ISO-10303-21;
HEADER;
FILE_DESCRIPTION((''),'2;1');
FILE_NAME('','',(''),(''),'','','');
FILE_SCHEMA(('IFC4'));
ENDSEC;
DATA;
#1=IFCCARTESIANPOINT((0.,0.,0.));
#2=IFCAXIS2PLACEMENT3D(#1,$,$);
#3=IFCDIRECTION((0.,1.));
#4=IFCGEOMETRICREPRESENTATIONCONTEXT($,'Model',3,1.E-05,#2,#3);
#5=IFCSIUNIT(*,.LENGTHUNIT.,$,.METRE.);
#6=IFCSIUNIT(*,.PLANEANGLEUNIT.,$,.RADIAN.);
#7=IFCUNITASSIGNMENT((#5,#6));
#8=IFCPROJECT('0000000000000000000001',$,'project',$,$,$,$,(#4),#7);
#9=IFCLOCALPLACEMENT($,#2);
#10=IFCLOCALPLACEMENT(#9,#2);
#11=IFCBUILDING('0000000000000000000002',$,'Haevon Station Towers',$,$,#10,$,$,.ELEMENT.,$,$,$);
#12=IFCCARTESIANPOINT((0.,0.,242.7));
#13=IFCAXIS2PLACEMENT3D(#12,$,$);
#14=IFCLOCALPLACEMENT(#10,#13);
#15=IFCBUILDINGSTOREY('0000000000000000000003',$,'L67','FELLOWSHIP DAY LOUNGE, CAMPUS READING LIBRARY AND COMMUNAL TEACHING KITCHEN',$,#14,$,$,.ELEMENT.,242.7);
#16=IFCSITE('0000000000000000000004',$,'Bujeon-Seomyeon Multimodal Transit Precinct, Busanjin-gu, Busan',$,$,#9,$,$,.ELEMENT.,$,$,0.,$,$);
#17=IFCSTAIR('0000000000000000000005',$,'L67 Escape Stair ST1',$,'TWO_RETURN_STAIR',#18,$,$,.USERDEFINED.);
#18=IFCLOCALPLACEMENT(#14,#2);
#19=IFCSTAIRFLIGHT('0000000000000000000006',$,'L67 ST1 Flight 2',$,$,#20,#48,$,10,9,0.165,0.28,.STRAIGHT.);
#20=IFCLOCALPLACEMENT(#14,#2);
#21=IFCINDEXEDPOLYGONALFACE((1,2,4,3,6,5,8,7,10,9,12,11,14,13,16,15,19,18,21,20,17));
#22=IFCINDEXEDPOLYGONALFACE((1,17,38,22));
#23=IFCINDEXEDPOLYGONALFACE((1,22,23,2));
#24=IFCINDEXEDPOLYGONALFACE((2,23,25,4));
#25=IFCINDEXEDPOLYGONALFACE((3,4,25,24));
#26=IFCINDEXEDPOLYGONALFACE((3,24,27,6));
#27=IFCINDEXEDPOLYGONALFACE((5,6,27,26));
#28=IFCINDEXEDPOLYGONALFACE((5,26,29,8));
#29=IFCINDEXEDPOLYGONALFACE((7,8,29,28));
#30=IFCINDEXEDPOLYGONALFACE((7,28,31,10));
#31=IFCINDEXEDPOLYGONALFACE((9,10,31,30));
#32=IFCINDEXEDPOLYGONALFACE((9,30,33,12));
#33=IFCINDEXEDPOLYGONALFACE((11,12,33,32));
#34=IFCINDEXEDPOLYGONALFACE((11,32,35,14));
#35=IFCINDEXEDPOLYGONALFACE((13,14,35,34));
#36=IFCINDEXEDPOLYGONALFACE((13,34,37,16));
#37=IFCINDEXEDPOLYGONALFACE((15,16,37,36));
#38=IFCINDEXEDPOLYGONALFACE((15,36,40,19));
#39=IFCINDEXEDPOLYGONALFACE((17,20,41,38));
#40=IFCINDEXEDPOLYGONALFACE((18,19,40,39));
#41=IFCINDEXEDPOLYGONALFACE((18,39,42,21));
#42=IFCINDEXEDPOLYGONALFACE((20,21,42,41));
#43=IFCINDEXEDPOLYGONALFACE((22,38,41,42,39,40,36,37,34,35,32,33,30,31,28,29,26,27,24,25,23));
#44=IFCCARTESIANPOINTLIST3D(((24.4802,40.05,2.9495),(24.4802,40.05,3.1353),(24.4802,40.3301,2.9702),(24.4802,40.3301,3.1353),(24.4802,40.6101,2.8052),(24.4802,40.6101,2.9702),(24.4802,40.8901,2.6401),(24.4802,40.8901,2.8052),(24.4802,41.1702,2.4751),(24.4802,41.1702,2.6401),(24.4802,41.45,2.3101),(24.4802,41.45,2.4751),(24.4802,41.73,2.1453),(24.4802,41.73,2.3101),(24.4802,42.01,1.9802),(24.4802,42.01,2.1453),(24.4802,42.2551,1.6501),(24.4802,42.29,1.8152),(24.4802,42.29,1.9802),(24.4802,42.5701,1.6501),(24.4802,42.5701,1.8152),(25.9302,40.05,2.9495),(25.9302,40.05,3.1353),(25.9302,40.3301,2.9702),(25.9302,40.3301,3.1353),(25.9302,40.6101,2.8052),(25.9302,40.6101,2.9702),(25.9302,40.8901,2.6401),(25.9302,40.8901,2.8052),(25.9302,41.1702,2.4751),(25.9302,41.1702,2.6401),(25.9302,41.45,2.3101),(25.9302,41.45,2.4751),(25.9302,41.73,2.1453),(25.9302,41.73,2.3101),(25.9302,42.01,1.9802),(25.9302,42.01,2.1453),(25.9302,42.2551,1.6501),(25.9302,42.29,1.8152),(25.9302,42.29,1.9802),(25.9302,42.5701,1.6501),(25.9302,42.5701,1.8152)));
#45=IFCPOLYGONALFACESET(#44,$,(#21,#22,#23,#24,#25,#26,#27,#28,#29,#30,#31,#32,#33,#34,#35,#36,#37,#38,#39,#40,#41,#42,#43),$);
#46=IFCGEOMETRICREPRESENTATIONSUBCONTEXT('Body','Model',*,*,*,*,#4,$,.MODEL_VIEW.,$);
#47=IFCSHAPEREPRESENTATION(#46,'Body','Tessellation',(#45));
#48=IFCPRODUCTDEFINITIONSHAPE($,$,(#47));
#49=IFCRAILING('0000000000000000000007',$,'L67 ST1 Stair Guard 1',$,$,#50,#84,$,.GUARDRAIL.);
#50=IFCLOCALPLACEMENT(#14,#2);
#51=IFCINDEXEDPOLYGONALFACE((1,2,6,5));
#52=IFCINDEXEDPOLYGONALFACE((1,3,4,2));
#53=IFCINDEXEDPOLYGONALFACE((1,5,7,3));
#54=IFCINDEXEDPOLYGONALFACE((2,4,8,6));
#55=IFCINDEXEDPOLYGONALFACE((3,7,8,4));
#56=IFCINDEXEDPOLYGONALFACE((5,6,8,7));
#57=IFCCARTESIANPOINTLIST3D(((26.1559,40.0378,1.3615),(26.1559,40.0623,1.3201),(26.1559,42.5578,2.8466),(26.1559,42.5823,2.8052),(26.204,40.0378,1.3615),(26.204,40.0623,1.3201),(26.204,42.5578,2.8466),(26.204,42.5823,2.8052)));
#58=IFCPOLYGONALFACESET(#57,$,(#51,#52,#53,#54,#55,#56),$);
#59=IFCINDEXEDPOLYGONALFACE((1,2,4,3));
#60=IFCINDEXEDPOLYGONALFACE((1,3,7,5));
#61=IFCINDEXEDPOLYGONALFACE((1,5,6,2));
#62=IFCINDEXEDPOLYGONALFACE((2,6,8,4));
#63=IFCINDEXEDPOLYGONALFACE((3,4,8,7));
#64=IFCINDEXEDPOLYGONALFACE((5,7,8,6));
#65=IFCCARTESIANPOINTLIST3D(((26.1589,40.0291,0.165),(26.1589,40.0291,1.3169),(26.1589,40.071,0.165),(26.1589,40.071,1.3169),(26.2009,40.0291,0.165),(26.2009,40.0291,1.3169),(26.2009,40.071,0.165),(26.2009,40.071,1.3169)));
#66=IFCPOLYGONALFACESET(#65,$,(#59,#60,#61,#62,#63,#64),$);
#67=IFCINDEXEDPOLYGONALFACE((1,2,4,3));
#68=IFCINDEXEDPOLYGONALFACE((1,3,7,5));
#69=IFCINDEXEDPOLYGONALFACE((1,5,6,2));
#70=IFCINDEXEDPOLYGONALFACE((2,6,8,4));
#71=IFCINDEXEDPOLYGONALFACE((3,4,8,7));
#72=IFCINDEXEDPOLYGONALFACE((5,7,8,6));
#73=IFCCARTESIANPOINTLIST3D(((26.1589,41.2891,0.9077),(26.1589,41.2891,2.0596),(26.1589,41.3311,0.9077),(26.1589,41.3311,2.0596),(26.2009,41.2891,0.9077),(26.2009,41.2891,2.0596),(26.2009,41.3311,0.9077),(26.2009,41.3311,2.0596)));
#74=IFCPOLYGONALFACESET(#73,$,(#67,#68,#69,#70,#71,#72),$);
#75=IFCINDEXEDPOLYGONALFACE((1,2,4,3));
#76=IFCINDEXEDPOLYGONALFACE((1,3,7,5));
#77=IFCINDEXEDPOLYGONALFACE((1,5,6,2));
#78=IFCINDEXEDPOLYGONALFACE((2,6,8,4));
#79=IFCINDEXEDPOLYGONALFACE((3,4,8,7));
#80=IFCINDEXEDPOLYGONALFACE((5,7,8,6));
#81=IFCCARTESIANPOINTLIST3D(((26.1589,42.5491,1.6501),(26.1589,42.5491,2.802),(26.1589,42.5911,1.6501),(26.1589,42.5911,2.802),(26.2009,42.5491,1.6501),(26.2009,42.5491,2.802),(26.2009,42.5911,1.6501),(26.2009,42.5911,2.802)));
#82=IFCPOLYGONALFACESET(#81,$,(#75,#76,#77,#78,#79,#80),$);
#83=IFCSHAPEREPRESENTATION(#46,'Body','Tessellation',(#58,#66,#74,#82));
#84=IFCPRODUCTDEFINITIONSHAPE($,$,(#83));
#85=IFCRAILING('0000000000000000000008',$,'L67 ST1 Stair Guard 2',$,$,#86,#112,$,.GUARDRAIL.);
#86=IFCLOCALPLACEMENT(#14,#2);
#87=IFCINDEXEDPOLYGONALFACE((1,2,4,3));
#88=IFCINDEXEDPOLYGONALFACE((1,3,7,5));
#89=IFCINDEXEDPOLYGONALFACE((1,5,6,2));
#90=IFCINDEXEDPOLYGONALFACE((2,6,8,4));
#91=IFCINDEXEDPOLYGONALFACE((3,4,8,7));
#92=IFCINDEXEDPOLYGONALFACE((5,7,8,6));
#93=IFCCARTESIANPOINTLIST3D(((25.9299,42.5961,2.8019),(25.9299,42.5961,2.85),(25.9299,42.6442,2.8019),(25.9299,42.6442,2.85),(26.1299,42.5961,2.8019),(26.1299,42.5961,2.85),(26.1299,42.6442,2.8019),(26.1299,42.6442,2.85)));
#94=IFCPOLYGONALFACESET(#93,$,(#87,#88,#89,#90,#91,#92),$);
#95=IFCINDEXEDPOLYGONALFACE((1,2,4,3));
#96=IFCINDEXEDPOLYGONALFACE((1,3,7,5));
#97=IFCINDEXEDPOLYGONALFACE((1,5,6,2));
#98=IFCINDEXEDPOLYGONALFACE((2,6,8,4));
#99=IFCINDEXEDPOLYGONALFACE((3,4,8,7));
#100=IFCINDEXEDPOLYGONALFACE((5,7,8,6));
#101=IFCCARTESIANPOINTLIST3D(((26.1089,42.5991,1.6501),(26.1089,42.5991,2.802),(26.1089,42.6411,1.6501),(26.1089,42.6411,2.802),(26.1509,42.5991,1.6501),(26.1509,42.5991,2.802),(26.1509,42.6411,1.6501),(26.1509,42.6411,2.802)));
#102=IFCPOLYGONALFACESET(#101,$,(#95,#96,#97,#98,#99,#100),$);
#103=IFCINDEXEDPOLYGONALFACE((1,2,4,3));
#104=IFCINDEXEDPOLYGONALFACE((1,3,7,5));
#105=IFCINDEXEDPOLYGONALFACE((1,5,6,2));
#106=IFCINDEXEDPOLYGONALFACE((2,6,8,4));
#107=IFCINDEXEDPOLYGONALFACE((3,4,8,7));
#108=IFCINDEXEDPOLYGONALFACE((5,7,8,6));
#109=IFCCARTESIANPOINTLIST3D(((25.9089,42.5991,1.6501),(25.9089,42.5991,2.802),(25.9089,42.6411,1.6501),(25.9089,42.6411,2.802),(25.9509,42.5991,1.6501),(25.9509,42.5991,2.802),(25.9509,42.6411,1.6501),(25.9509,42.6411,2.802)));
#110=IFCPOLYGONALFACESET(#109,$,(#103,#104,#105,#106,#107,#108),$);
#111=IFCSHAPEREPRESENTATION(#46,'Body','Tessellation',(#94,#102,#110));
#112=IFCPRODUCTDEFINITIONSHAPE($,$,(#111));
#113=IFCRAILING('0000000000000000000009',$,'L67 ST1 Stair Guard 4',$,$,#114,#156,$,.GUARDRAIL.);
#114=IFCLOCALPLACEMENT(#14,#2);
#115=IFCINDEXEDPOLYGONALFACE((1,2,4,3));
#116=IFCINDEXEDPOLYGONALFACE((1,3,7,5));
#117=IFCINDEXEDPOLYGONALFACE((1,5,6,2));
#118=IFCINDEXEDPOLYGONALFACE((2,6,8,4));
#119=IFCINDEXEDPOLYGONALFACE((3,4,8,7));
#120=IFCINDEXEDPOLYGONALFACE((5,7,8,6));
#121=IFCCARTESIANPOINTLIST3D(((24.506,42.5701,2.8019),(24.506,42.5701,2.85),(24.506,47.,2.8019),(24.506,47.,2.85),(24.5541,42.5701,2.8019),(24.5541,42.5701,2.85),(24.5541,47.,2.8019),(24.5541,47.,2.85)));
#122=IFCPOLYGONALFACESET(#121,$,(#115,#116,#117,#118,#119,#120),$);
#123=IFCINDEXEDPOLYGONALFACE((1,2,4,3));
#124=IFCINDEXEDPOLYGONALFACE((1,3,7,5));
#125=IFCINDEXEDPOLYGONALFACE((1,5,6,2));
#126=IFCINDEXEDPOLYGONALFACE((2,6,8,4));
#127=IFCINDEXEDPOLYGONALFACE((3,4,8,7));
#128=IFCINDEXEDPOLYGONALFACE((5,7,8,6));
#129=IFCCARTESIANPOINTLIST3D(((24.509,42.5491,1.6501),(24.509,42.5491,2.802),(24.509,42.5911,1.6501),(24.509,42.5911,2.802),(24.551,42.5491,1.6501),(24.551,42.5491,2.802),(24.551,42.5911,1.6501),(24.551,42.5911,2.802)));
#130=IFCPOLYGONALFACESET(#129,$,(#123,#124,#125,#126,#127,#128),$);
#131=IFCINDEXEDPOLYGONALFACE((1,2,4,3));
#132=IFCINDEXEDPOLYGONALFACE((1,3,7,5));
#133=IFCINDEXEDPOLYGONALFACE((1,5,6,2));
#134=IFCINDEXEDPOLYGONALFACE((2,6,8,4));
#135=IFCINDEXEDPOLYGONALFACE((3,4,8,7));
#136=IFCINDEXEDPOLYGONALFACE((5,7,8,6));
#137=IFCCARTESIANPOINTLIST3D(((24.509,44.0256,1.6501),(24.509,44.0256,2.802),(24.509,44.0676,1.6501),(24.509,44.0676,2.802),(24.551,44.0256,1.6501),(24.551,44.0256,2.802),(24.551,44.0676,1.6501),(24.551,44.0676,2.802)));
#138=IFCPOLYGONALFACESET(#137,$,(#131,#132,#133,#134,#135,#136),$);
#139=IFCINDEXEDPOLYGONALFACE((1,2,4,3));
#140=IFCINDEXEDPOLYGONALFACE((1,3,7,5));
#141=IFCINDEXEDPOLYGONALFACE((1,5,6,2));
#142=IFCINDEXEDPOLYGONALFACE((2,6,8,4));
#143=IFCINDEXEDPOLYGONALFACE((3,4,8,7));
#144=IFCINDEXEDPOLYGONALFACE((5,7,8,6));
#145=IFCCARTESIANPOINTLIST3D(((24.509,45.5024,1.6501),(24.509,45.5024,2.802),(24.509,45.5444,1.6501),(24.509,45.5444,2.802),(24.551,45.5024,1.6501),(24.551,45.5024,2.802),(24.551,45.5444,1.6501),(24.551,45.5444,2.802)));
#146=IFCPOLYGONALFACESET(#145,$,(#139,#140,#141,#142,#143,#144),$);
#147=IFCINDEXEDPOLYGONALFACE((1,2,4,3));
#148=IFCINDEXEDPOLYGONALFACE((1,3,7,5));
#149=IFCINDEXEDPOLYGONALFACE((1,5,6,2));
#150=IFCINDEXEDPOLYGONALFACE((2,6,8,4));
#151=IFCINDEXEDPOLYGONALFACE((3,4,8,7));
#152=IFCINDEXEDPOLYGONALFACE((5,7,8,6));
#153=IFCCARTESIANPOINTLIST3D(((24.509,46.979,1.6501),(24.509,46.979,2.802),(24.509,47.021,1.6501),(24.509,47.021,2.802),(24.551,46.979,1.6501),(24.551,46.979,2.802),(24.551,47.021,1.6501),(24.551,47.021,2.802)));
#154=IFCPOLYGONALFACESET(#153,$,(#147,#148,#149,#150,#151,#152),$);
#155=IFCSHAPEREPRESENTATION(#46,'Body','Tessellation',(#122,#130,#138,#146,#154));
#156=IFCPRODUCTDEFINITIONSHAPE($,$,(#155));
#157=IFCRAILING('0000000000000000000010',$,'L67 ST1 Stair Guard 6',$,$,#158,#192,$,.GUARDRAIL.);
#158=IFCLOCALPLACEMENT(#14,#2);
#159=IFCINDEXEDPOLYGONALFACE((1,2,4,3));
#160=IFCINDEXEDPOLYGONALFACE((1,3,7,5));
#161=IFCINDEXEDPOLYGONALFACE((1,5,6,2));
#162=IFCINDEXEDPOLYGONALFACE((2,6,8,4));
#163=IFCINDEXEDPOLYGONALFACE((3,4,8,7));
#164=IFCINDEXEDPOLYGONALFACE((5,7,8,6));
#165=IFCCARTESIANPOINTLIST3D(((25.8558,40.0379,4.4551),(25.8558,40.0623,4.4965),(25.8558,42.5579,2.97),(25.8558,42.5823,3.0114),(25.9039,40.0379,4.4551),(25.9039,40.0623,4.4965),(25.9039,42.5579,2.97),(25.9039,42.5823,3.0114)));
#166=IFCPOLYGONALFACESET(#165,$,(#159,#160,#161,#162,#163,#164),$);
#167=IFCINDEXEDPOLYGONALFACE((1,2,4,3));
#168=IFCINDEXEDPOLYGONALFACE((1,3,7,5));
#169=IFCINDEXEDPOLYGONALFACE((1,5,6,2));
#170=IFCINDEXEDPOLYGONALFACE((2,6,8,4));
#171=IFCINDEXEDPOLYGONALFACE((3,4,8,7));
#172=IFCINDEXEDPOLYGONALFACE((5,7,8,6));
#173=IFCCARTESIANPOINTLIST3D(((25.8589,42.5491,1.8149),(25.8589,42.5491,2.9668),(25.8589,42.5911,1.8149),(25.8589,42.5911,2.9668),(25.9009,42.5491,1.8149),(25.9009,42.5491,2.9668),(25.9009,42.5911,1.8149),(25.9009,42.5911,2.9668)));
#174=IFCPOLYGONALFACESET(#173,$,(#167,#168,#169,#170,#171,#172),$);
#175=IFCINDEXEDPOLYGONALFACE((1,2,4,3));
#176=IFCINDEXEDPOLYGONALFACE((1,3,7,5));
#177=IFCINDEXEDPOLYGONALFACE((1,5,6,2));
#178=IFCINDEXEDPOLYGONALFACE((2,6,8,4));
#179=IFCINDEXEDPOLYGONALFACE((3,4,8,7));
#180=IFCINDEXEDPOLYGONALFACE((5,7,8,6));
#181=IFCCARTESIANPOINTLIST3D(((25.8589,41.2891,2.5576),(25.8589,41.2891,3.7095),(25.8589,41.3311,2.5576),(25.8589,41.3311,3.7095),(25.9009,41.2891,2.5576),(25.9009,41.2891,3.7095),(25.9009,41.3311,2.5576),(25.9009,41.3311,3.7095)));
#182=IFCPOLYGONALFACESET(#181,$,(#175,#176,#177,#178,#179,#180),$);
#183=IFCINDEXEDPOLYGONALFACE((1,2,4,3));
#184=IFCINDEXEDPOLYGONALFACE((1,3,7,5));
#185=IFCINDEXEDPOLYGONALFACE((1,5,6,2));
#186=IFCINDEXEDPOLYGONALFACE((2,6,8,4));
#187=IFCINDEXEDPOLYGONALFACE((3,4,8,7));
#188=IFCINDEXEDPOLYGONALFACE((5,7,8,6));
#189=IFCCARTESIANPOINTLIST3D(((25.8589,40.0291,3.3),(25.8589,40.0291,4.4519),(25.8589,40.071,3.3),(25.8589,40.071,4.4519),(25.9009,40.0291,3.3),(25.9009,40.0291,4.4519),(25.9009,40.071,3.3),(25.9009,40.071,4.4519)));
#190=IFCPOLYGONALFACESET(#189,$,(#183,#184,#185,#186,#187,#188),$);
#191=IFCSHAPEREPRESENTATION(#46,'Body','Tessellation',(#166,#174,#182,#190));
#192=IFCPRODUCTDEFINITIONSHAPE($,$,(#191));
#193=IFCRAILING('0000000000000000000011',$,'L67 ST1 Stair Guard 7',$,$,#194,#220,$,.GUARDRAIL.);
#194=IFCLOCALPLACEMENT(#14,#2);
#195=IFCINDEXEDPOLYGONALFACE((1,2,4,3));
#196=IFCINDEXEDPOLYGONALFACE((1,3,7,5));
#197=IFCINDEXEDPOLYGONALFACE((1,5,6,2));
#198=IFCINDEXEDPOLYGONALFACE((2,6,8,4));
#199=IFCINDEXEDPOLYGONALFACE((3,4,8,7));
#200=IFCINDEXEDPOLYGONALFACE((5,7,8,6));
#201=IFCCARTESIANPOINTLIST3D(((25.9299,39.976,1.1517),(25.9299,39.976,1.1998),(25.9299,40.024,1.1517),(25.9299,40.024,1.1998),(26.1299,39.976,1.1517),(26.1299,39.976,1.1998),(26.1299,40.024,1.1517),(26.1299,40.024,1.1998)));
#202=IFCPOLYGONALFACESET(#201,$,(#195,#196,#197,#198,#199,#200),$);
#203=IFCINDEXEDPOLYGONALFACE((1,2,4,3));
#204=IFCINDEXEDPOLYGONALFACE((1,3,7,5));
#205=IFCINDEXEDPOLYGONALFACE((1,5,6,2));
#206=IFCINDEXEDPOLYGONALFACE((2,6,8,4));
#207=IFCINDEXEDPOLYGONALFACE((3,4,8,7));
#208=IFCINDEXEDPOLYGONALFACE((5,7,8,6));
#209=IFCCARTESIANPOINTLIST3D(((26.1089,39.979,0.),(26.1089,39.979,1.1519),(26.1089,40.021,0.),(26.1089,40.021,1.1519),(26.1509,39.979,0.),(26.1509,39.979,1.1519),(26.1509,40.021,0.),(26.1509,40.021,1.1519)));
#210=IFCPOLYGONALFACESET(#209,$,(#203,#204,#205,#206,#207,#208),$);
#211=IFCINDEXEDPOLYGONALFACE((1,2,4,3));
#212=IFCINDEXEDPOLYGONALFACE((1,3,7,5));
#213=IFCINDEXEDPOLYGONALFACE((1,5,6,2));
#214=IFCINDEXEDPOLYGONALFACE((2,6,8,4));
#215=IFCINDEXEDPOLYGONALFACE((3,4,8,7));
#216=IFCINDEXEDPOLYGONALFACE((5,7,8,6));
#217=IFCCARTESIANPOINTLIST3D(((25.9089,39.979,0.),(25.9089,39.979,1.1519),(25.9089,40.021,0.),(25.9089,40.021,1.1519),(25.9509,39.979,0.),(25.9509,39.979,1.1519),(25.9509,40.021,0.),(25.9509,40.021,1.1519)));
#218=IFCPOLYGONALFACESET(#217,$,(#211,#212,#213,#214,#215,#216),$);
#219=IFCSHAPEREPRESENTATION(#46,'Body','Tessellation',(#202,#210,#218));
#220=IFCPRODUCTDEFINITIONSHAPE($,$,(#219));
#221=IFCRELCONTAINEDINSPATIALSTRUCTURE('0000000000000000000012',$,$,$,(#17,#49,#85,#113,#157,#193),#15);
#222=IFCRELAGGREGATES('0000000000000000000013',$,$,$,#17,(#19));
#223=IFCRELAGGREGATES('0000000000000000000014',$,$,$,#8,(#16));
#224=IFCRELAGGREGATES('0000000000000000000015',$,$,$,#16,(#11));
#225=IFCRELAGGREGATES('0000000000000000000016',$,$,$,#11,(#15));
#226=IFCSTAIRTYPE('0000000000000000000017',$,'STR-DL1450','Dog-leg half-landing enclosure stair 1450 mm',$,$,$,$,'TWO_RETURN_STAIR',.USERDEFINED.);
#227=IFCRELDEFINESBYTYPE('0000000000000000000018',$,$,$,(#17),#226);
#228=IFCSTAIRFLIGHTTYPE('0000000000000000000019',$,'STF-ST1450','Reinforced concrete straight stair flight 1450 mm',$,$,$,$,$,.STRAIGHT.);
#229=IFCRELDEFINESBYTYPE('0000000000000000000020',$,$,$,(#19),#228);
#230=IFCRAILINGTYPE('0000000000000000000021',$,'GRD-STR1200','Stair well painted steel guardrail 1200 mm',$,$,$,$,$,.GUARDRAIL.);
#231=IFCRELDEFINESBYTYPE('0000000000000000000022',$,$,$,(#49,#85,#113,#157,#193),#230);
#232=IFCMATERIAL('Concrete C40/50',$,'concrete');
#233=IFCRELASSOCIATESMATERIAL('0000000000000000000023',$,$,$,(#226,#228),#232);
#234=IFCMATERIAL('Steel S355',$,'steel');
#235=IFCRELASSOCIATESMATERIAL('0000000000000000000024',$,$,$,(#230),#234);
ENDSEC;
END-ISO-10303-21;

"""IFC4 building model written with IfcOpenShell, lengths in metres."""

from ifc_helpers import new_model, si_unit, direction, frame, origin, origin_2d, place, context, subcontext, project, spatial, polyline, rectangle, outline, extrude, material, type_object, element, aggregate, save


model = new_model("IFC4")

# Units and contexts
model_context = context("Model", 3, precision=1e-05, world=origin(), true_north=direction((0.0, 1.0)))
body_context = subcontext(model_context, "Body", "Model", "MODEL_VIEW")
ifc_project = project(units=[si_unit("LENGTHUNIT", "METRE"), si_unit("PLANEANGLEUNIT", "RADIAN")], contexts=[model_context])

# Site, building, storey
site_placement = place(None, origin())
site = spatial("IfcSite", under=ifc_project, at=site_placement, Name="Bujeon-Seomyeon Multimodal Transit Precinct, Busanjin-gu, Busan", CompositionType="ELEMENT", RefElevation=0.0)
building_placement = place(site_placement, origin())
building = spatial("IfcBuilding", under=site, at=building_placement, Name="Haevon Station Towers", CompositionType="ELEMENT")
storey_placement = place(building_placement, frame((0.0, 0.0, 242.7)))
storey = spatial("IfcBuildingStorey", under=building, at=storey_placement, Name="L67", Description="FELLOWSHIP DAY LOUNGE, CAMPUS READING LIBRARY AND COMMUNAL TEACHING KITCHEN", CompositionType="ELEMENT", Elevation=242.7)

# Shared definitions
ifc_material_1 = material(Name="Steel S355", Category="steel")

# Stair, stair flight
ifc_material_2 = material(Name="Concrete C40/50", Category="concrete")
stair_type = type_object("IfcStairType", Name="STR-DL1450", Description="Dog-leg half-landing enclosure stair 1450 mm", ElementType="TWO_RETURN_STAIR", PredefinedType="USERDEFINED", material=ifc_material_2)
stair_placement = place(storey_placement, origin())
stair = element("IfcStair", 1, at=stair_placement, inside=storey, type_object=stair_type, Name="L67 Escape Stair ST1", ObjectType="TWO_RETURN_STAIR", PredefinedType="USERDEFINED")
stair_flight_type = type_object("IfcStairFlightType", Name="STF-ST1450", Description="Reinforced concrete straight stair flight 1450 mm", PredefinedType="STRAIGHT", material=ifc_material_2)
stair_flight_placement = place(storey_placement, frame((25.2051, 42.5701, 1.6501), z_axis=(0.0, 0.0, 1.0), x_axis=(0.0, -1.0, 0.0)))
stair_flight = element("IfcStairFlight", 2, at=stair_flight_placement, type_object=stair_flight_type, Name="L67 ST1 Flight 2", NumberOfRisers=10, NumberOfTreads=9, PredefinedType="STRAIGHT", RiserHeight=0.165, TreadLength=0.28, context=body_context, shape_type="SweptSolid", body=[
    extrude(outline(polyline([(0.0, 0.0), (0.0, 0.165), (0.28, 0.165), (0.28, 0.3301), (0.5601, 0.3301), (0.5601, 0.4951), (0.8401, 0.4951), (0.8401, 0.6599), (1.1201, 0.6599), (1.1201, 0.825), (1.3999, 0.825), (1.3999, 0.99), (1.6799, 0.99), (1.6799, 1.155), (1.96, 1.155), (1.96, 1.3201), (2.24, 1.3201), (2.24, 1.4851), (2.52, 1.4851), (2.52, 1.6499), (2.52, 1.2993), (0.3149, 0.0), (0.0, 0.0)])), frame((0.0, 0.7251, 0.0), z_axis=(0.0, -1.0, 0.0), x_axis=(1.0, 0.0, 0.0)), (0.0, 0.0, 1.0), 1.45),
])
aggregate(stair, [stair_flight])

# Railings
railing_type_1 = type_object("IfcRailingType", Name="GRD-STR1200", Description="Stair well painted steel guardrail 1200 mm", PredefinedType="GUARDRAIL", material=ifc_material_1)
railing_1_placement = place(storey_placement, frame((26.1799, 40.05, 0.165)))
element("IfcRailing", 3, at=railing_1_placement, inside=storey, type_object=railing_type_1, Name="L67 ST1 Stair Guard 1", PredefinedType="GUARDRAIL", context=body_context, shape_type="SweptSolid", body=[
    extrude(rectangle(XDim=0.0481, YDim=0.0481, at=origin_2d()), frame((0.0, 0.0, 1.1758), z_axis=(0.0, 0.861524, 0.507717), x_axis=(-1.0, 0.0, 0.0)), (0.0, 0.0, 1.0), 2.925),
    extrude(rectangle(XDim=0.042, YDim=0.042, at=origin_2d()), origin(), (0.0, 0.0, 1.0), 1.1519),
    extrude(rectangle(XDim=0.042, YDim=0.042, at=origin_2d()), frame((0.0, 1.26, 0.7427)), (0.0, 0.0, 1.0), 1.1519),
    extrude(rectangle(XDim=0.042, YDim=0.042, at=origin_2d()), frame((0.0, 2.52, 1.4851)), (0.0, 0.0, 1.0), 1.1519),
])
railing_2_placement = place(storey_placement, frame((26.1299, 42.6201, 1.6501)))
element("IfcRailing", 4, at=railing_2_placement, inside=storey, type_object=railing_type_1, Name="L67 ST1 Stair Guard 2", PredefinedType="GUARDRAIL", context=body_context, shape_type="SweptSolid", body=[
    extrude(rectangle(XDim=0.0481, YDim=0.0481, at=origin_2d()), frame((0.0, 0.0, 1.1758), z_axis=(-1.0, 0.0, 0.0), x_axis=(0.0, -1.0, 0.0)), (0.0, 0.0, 1.0), 0.2),
    extrude(rectangle(XDim=0.042, YDim=0.042, at=origin_2d()), origin(), (0.0, 0.0, 1.0), 1.1519),
    extrude(rectangle(XDim=0.042, YDim=0.042, at=origin_2d()), frame((-0.2, 0.0, 0.0)), (0.0, 0.0, 1.0), 1.1519),
])
railing_3_placement = place(storey_placement, frame((24.53, 42.5701, 1.6501)))
element("IfcRailing", 5, at=railing_3_placement, inside=storey, type_object=railing_type_1, Name="L67 ST1 Stair Guard 4", PredefinedType="GUARDRAIL", context=body_context, shape_type="SweptSolid", body=[
    extrude(rectangle(XDim=0.0481, YDim=0.0481, at=origin_2d()), frame((0.0, 0.0, 1.1758), z_axis=(0.0, 1.0, 0.0), x_axis=(-1.0, 0.0, 0.0)), (0.0, 0.0, 1.0), 4.4299),
    extrude(rectangle(XDim=0.042, YDim=0.042, at=origin_2d()), origin(), (0.0, 0.0, 1.0), 1.1519),
    extrude(rectangle(XDim=0.042, YDim=0.042, at=origin_2d()), frame((0.0, 1.4766, 0.0)), (0.0, 0.0, 1.0), 1.1519),
    extrude(rectangle(XDim=0.042, YDim=0.042, at=origin_2d()), frame((0.0, 2.9534, 0.0)), (0.0, 0.0, 1.0), 1.1519),
    extrude(rectangle(XDim=0.042, YDim=0.042, at=origin_2d()), frame((0.0, 4.4299, 0.0)), (0.0, 0.0, 1.0), 1.1519),
])
railing_4_placement = place(storey_placement, frame((25.8799, 42.5701, 1.8149)))
element("IfcRailing", 6, at=railing_4_placement, inside=storey, type_object=railing_type_1, Name="L67 ST1 Stair Guard 6", PredefinedType="GUARDRAIL", context=body_context, shape_type="SweptSolid", body=[
    extrude(rectangle(XDim=0.0481, YDim=0.0481, at=origin_2d()), frame((0.0, 0.0, 1.1758), z_axis=(0.0, -0.861524, 0.507717), x_axis=(1.0, 0.0, 0.0)), (0.0, 0.0, 1.0), 2.925),
    extrude(rectangle(XDim=0.042, YDim=0.042, at=origin_2d()), origin(), (0.0, 0.0, 1.0), 1.1519),
    extrude(rectangle(XDim=0.042, YDim=0.042, at=origin_2d()), frame((0.0, -1.26, 0.7427)), (0.0, 0.0, 1.0), 1.1519),
    extrude(rectangle(XDim=0.042, YDim=0.042, at=origin_2d()), frame((0.0, -2.52, 1.4851)), (0.0, 0.0, 1.0), 1.1519),
])
railing_5_placement = place(storey_placement, frame((26.1299, 40.0, 0.0)))
element("IfcRailing", 7, at=railing_5_placement, inside=storey, type_object=railing_type_1, Name="L67 ST1 Stair Guard 7", PredefinedType="GUARDRAIL", context=body_context, shape_type="SweptSolid", body=[
    extrude(rectangle(XDim=0.0481, YDim=0.0481, at=origin_2d()), frame((0.0, 0.0, 1.1758), z_axis=(-1.0, 0.0, 0.0), x_axis=(0.0, -1.0, 0.0)), (0.0, 0.0, 1.0), 0.2),
    extrude(rectangle(XDim=0.042, YDim=0.042, at=origin_2d()), origin(), (0.0, 0.0, 1.0), 1.1519),
    extrude(rectangle(XDim=0.042, YDim=0.042, at=origin_2d()), frame((-0.2, 0.0, 0.0)), (0.0, 0.0, 1.0), 1.1519),
])

save(model, "model.ifc")
